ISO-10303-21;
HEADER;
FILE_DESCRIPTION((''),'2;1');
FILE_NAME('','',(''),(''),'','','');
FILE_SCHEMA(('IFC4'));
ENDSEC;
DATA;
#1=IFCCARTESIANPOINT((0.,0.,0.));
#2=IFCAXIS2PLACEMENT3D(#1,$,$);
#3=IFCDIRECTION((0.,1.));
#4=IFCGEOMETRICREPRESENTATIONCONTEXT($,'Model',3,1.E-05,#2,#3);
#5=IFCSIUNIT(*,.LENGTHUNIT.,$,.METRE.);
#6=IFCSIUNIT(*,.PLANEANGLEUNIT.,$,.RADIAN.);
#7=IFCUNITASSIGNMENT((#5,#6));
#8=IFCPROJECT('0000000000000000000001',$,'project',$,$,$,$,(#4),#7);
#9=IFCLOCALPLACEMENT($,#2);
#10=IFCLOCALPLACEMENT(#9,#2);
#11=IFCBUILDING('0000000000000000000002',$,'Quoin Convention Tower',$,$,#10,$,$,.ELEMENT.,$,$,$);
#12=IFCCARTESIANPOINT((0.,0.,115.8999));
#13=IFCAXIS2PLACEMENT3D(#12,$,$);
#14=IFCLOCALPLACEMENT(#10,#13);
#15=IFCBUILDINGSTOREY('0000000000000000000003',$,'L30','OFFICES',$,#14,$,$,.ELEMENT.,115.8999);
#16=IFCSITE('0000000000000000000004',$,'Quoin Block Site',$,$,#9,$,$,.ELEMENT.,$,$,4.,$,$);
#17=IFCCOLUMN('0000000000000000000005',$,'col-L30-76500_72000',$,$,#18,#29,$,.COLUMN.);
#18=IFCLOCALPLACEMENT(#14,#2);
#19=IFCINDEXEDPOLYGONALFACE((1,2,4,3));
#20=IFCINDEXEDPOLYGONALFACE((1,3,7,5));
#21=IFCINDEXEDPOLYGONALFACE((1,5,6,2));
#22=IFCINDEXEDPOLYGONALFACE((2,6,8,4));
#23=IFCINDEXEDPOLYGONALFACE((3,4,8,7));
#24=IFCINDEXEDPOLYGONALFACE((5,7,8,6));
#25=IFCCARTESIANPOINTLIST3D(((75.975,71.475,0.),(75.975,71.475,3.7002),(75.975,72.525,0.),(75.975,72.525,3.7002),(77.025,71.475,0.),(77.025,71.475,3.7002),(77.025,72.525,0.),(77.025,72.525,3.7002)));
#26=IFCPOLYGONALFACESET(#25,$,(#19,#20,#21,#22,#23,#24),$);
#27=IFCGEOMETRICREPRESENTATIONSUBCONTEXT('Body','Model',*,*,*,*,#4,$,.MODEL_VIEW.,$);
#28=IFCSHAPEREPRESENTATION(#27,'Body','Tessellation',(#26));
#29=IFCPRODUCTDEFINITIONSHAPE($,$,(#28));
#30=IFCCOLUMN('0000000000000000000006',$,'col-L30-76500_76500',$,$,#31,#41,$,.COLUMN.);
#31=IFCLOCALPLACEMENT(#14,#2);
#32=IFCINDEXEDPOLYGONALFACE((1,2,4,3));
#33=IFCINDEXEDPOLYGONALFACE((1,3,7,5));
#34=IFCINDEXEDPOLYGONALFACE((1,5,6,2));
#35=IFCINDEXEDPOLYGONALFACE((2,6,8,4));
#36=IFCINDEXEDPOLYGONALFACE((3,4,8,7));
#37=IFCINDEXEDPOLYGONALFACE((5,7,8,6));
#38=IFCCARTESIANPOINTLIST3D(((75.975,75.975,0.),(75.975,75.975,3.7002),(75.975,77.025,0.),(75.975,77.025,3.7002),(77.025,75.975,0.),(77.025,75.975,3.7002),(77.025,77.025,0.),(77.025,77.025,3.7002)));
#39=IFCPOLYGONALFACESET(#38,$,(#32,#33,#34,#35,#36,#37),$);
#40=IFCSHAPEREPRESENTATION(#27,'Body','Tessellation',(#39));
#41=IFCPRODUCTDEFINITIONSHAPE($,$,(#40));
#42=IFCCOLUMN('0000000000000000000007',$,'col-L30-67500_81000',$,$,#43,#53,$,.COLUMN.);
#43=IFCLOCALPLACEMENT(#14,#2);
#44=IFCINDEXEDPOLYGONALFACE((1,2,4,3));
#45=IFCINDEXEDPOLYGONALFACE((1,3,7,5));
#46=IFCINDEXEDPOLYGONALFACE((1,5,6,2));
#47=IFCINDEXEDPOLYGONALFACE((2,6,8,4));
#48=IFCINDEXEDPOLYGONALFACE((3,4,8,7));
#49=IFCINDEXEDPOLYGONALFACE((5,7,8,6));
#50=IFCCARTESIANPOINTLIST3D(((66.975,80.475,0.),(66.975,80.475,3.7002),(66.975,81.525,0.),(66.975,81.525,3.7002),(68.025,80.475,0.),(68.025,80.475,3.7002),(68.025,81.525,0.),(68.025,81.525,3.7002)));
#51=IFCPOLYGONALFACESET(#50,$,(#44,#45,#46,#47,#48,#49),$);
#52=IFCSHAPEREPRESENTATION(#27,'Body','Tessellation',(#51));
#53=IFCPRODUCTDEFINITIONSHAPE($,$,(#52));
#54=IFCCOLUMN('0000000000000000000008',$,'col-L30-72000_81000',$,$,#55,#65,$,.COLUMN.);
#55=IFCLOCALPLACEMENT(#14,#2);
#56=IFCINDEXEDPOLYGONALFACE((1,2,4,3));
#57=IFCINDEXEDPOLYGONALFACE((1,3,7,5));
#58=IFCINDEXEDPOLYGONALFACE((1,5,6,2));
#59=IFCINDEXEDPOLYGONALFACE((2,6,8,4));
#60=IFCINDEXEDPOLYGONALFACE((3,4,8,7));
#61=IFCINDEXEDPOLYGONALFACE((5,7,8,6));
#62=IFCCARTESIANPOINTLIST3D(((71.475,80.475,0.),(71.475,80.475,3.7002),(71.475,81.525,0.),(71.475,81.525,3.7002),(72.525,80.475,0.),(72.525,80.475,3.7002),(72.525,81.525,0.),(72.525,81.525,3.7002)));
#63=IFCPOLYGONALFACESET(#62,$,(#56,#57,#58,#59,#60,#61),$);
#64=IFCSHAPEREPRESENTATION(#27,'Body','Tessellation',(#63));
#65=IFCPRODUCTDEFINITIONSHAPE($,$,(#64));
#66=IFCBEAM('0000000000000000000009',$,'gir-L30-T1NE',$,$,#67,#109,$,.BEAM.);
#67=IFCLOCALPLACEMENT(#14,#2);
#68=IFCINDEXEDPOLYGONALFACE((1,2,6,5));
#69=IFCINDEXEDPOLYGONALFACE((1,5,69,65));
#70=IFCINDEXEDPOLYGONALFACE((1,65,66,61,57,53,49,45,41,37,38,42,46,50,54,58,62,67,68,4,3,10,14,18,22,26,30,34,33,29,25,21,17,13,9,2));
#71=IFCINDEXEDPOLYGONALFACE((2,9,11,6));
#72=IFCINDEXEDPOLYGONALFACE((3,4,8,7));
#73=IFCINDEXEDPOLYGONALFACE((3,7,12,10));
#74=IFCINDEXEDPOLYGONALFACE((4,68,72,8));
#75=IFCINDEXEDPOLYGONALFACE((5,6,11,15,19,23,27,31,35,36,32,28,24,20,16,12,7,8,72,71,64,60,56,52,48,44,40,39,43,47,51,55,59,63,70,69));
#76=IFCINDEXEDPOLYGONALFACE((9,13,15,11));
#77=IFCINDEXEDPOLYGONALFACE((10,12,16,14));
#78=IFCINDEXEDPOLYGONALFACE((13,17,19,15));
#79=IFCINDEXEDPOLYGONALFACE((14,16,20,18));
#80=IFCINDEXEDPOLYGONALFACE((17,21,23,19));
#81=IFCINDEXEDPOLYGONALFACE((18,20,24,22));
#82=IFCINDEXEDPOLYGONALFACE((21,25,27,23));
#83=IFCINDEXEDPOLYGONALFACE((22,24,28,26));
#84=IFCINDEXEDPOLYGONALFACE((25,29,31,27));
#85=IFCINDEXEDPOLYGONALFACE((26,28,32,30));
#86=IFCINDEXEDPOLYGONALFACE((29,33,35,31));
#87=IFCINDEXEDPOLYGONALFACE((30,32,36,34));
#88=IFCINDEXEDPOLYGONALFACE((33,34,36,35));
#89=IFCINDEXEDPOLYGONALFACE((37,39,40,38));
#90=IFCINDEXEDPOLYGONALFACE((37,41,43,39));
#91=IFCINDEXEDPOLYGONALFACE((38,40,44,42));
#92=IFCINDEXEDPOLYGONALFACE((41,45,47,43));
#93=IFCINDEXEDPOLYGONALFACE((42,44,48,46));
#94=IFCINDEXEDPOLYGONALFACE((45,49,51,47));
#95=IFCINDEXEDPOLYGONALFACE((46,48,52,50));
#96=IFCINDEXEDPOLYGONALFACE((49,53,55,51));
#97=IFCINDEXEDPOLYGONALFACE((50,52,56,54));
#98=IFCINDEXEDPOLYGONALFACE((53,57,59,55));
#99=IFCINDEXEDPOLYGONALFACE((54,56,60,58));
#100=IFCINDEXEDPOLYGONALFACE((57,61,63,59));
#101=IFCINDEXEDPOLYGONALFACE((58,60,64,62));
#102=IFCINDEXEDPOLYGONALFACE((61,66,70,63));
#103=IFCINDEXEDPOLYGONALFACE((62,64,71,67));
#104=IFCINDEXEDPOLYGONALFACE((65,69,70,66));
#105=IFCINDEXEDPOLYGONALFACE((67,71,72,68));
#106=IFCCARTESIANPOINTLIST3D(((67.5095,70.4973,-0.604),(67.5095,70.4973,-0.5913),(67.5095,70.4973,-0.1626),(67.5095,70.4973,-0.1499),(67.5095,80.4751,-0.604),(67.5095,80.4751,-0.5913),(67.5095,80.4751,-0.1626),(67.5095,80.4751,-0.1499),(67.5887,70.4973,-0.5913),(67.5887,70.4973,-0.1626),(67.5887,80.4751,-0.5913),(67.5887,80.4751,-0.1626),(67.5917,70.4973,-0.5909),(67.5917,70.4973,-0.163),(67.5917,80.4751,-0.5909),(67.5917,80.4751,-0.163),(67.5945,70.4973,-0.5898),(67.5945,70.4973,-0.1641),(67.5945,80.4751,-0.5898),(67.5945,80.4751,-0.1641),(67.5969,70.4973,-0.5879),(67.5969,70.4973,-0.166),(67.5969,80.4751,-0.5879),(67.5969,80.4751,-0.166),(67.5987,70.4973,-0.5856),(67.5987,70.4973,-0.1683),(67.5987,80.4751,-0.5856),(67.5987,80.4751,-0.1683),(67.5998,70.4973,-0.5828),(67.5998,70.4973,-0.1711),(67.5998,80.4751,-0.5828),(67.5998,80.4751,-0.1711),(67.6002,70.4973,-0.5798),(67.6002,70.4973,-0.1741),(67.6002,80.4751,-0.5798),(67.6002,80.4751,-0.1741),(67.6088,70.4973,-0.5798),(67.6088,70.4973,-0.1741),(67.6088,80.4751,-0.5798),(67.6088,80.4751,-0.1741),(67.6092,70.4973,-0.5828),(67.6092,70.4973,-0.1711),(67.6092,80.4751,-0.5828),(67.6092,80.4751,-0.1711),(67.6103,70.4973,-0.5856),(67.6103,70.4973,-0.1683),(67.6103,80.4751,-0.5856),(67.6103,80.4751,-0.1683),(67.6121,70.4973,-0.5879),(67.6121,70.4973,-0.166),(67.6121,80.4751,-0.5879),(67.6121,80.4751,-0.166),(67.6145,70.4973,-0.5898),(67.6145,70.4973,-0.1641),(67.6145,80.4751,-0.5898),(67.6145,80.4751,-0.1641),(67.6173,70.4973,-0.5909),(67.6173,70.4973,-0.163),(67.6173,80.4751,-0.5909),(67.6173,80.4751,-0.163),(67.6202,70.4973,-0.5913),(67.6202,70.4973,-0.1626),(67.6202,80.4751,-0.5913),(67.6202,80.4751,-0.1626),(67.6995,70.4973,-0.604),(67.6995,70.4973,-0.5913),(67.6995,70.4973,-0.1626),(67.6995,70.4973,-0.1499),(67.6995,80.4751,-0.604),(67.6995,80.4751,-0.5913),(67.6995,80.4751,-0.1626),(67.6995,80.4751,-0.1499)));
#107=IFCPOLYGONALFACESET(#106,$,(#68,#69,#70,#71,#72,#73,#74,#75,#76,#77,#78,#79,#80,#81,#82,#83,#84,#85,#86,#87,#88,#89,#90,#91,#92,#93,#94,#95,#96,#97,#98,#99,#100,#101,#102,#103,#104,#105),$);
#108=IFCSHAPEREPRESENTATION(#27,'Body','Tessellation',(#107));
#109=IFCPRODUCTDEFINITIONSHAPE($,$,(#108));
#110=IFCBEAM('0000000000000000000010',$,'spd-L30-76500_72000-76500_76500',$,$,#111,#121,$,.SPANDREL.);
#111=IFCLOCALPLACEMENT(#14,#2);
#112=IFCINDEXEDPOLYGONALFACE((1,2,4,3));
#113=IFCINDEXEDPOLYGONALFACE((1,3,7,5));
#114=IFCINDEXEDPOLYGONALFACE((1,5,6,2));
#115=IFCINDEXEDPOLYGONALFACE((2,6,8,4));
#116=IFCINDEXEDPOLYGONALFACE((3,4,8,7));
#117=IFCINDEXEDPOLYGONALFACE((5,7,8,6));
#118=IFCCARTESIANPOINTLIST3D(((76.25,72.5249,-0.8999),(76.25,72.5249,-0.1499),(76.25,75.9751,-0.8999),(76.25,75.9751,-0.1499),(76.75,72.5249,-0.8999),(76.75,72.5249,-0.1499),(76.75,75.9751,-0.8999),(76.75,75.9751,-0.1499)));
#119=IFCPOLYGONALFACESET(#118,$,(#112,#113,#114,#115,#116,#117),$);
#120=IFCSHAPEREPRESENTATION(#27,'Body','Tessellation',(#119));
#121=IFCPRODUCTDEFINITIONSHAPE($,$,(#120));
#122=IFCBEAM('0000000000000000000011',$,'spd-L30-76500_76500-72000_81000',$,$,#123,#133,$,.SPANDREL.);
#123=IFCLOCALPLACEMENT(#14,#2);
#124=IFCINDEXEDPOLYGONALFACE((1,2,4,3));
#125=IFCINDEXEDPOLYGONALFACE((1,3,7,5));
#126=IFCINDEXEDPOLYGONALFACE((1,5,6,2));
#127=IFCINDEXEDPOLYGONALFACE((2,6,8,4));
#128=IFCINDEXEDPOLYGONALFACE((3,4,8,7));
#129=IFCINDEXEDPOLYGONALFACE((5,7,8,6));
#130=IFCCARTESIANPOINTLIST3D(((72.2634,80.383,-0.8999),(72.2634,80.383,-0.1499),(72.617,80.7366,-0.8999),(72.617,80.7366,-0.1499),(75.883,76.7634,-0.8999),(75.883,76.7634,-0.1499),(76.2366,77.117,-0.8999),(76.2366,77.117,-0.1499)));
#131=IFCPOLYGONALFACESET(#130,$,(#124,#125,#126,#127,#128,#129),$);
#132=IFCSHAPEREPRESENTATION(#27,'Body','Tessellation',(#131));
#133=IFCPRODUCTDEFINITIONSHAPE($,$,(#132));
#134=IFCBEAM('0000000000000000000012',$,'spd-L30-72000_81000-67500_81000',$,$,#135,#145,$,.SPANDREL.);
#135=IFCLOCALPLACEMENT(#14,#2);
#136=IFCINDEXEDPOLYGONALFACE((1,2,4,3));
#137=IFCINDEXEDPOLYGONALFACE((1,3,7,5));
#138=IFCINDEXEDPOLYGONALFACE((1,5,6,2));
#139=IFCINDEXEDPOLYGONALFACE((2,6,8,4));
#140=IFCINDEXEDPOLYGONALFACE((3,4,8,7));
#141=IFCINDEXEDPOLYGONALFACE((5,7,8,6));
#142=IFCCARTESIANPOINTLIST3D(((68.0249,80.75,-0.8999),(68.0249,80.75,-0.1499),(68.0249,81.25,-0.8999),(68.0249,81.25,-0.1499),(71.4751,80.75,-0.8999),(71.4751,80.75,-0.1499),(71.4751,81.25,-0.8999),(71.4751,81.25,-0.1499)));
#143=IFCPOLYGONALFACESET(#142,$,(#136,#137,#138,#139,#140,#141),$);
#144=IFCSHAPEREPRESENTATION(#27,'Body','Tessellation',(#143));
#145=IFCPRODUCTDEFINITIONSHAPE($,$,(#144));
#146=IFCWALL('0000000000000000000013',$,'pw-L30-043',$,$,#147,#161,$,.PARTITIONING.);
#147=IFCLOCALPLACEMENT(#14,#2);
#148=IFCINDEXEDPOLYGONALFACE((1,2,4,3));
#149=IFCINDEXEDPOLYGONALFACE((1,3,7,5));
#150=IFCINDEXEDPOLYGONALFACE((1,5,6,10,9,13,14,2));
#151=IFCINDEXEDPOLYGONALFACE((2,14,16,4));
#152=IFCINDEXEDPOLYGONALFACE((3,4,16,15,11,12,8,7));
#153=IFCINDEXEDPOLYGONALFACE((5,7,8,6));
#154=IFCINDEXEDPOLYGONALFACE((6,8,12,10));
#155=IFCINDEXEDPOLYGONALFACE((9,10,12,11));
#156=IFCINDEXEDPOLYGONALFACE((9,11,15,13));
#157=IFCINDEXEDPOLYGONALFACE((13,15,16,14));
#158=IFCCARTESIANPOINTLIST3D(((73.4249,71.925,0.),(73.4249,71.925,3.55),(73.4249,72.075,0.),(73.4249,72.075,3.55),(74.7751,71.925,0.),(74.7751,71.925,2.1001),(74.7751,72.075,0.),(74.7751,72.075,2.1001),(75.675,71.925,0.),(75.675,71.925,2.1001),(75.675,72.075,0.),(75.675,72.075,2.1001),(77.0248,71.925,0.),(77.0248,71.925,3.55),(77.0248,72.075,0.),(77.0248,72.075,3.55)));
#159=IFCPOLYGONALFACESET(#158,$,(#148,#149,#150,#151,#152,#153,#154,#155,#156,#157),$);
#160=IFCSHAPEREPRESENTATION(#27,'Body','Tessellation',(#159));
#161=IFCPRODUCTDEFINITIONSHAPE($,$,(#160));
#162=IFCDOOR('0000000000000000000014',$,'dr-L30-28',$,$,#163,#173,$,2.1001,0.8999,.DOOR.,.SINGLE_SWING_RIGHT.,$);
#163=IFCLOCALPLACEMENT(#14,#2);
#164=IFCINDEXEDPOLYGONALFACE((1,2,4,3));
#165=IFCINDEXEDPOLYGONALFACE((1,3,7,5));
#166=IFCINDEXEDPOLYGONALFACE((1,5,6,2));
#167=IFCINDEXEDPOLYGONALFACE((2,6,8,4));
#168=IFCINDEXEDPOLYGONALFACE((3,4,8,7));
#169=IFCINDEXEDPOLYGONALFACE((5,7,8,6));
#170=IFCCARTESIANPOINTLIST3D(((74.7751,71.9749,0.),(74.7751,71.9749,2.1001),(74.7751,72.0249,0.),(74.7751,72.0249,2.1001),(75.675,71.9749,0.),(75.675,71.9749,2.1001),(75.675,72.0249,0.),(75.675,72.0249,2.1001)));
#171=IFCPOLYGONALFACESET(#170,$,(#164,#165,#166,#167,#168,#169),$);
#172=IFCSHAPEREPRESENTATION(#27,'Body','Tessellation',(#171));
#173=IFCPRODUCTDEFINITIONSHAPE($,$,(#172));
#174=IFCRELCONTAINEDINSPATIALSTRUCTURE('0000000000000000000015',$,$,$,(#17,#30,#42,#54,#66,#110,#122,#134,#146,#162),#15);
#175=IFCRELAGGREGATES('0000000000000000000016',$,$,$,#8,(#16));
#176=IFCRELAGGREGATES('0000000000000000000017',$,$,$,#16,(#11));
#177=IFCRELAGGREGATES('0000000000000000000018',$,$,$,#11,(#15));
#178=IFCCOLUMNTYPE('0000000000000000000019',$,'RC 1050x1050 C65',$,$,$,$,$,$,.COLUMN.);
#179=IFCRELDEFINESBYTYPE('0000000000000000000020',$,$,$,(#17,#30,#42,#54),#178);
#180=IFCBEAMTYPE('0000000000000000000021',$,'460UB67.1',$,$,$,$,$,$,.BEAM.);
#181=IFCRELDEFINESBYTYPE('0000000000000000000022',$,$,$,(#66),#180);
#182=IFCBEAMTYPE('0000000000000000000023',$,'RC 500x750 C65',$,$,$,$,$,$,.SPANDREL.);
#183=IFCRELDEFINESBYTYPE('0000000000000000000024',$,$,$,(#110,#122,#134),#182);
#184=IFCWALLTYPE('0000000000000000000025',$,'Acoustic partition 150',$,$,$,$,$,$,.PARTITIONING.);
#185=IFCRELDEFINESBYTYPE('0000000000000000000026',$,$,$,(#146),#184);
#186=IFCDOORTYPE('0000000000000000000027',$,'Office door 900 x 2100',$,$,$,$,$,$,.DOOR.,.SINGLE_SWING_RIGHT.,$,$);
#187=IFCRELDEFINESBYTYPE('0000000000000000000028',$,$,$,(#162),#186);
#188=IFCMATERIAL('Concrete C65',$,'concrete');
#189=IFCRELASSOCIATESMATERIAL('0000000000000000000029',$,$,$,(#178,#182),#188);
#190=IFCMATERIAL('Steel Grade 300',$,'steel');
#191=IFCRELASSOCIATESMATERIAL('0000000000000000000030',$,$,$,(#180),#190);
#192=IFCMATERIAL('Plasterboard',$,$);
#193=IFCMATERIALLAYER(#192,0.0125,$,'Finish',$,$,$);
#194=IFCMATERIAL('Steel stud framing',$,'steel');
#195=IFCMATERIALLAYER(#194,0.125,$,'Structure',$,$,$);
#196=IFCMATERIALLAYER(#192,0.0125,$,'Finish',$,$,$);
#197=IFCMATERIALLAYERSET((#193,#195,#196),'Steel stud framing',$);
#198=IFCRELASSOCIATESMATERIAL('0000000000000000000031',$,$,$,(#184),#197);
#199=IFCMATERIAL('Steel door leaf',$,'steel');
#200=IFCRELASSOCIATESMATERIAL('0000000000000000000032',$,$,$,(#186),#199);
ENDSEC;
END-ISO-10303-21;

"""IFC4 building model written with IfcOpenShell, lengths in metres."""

from ifc_helpers import new_model, si_unit, direction, frame, frame_2d, origin, origin_2d, place, context, subcontext, project, spatial, rectangle, i_section, extrude, material, layer, layer_set, material_profile, profile_set, type_object, element, fill, save


model = new_model("IFC4")

# Units and contexts
model_context = context("Model", 3, precision=1e-05, world=origin(), true_north=direction((0.0, 1.0)))
body_context = subcontext(model_context, "Body", "Model", "MODEL_VIEW")
ifc_project = project(units=[si_unit("LENGTHUNIT", "METRE"), si_unit("PLANEANGLEUNIT", "RADIAN")], contexts=[model_context])

# Site, building, storey
site_placement = place(None, origin())
site = spatial("IfcSite", under=ifc_project, at=site_placement, Name="Quoin Block Site", CompositionType="ELEMENT", RefElevation=4.0)
building_placement = place(site_placement, origin())
building = spatial("IfcBuilding", under=site, at=building_placement, Name="Quoin Convention Tower", CompositionType="ELEMENT")
storey_placement = place(building_placement, frame((0.0, 0.0, 115.8999)))
storey = spatial("IfcBuildingStorey", under=building, at=storey_placement, Name="L30", Description="OFFICES", CompositionType="ELEMENT", Elevation=115.8999)

# Columns
ifc_material_1 = material(Name="Concrete C65", Category="concrete")
ifc_material_profile_1 = material_profile(ifc_material_1, rectangle(XDim=1.05, YDim=1.05, at=origin_2d()), Name="RC 1050x1050")
ifc_profile_set_1 = profile_set([ifc_material_profile_1], Name="Concrete C65")
column_type = type_object("IfcColumnType", Name="RC 1050x1050 C65", PredefinedType="COLUMN", material=ifc_profile_set_1)
for number, where, z_axis, x_axis, name in (
    (1, (76.5, 72.0, 0.0), (0.0, 0.0, 1.0), (1.0, 0.0, 0.0), "col-L30-76500_72000"),
    (2, (76.5, 76.5, 0.0), (0.0, 0.0, 1.0), (1.0, 0.0, 0.0), "col-L30-76500_76500"),
    (3, (67.5, 81.0, 0.0), (0.0, 0.0, 1.0), (1.0, 0.0, 0.0), "col-L30-67500_81000"),
    (4, (72.0, 81.0, 0.0), (0.0, 0.0, 1.0), (1.0, 0.0, 0.0), "col-L30-72000_81000"),
):
    element("IfcColumn", number, at=place(storey_placement, frame(where, z_axis=z_axis, x_axis=x_axis)), inside=storey, type_object=column_type, Name=name, PredefinedType="COLUMN", context=body_context, shape_type="SweptSolid", body=[
        extrude(rectangle(XDim=1.05, YDim=1.05, at=origin_2d()), origin(), (0.0, 0.0, 1.0), 3.7002),
    ])

# Beams
ifc_material_2 = material(Name="Steel Grade 300", Category="steel")
ifc_material_profile_2 = material_profile(ifc_material_2, i_section(OverallWidth=0.1899, OverallDepth=0.4541, WebThickness=0.0085, FlangeThickness=0.0127, FilletRadius=0.0115, at=origin_2d()), Name="460UB67.1")
ifc_profile_set_2 = profile_set([ifc_material_profile_2], Name="Steel Grade 300")
beam_type_1 = type_object("IfcBeamType", Name="460UB67.1", PredefinedType="BEAM", material=ifc_profile_set_2)
beam_1_placement = place(storey_placement, frame((67.6045, 80.4751, -0.377), z_axis=(0.0, -1.0, 0.0), x_axis=(1.0, 0.0, 0.0)))
element("IfcBeam", 5, at=beam_1_placement, inside=storey, type_object=beam_type_1, Name="gir-L30-T1NE", PredefinedType="BEAM", context=body_context, shape_type="SweptSolid", body=[
    extrude(i_section(OverallWidth=0.1899, OverallDepth=0.4541, WebThickness=0.0085, FlangeThickness=0.0127, FilletRadius=0.0115, at=origin_2d()), origin(), (0.0, 0.0, 1.0), 9.9778),
])
ifc_material_profile_3 = material_profile(ifc_material_1, rectangle(XDim=0.5, YDim=0.75, at=origin_2d()), Name="RC 500x750")
ifc_profile_set_3 = profile_set([ifc_material_profile_3], Name="Concrete C65")
beam_type_2 = type_object("IfcBeamType", Name="RC 500x750 C65", PredefinedType="SPANDREL", material=ifc_profile_set_3)
beam_2_placement = place(storey_placement, frame((76.5, 72.5249, -0.5249), z_axis=(0.0, 1.0, 0.0), x_axis=(-1.0, 0.0, 0.0)))
element("IfcBeam", 6, at=beam_2_placement, inside=storey, type_object=beam_type_2, Name="spd-L30-76500_72000-76500_76500", PredefinedType="SPANDREL", context=body_context, shape_type="SweptSolid", body=[
    extrude(rectangle(XDim=0.5, YDim=0.75, at=origin_2d()), origin(), (0.0, 0.0, 1.0), 3.4502),
])
beam_3_placement = place(storey_placement, frame((76.0598, 76.9402, -0.5249), z_axis=(-0.707107, 0.707107, 0.0), x_axis=(-0.707107, -0.707107, 0.0)))
element("IfcBeam", 7, at=beam_3_placement, inside=storey, type_object=beam_type_2, Name="spd-L30-76500_76500-72000_81000", PredefinedType="SPANDREL", context=body_context, shape_type="SweptSolid", body=[
    extrude(rectangle(XDim=0.5, YDim=0.75, at=origin_2d()), origin(), (0.0, 0.0, 1.0), 5.1189),
])
beam_4_placement = place(storey_placement, frame((71.4751, 81.0, -0.5249), z_axis=(-1.0, 0.0, 0.0), x_axis=(0.0, -1.0, 0.0)))
element("IfcBeam", 8, at=beam_4_placement, inside=storey, type_object=beam_type_2, Name="spd-L30-72000_81000-67500_81000", PredefinedType="SPANDREL", context=body_context, shape_type="SweptSolid", body=[
    extrude(rectangle(XDim=0.5, YDim=0.75, at=origin_2d()), origin(), (0.0, 0.0, 1.0), 3.4502),
])

# Wall, opening, door
ifc_material_3 = material(Name="Plasterboard")
ifc_layer_1 = layer(ifc_material_3, 0.0125, Name="Finish")
ifc_material_4 = material(Name="Steel stud framing", Category="steel")
ifc_layer_2 = layer(ifc_material_4, 0.125, Name="Structure")
ifc_layer_3 = layer(ifc_material_3, 0.0125, Name="Finish")
ifc_layer_set_1 = layer_set([ifc_layer_1, ifc_layer_2, ifc_layer_3], Name="Steel stud framing")
wall_type_1 = type_object("IfcWallType", Name="Acoustic partition 150", PredefinedType="PARTITIONING", material=ifc_layer_set_1)
wall_1_placement = place(storey_placement, frame((73.425, 72.0, 0.0), z_axis=(0.0, 0.0, 1.0), x_axis=(1.0, 0.0, 0.0)))
wall_1 = element("IfcWall", 9, at=wall_1_placement, inside=storey, type_object=wall_type_1, Name="pw-L30-043", PredefinedType="PARTITIONING", context=body_context, shape_type="SweptSolid", body=[
    extrude(rectangle(XDim=3.5999, YDim=0.1499, at=frame_2d((1.7998, 0.0))), origin(), (0.0, 0.0, 1.0), 3.55),
])
opening_1_placement = place(wall_1_placement, frame((1.3501, 0.0, 0.0)))
opening_1 = element("IfcOpeningElement", 10, at=opening_1_placement, cuts=wall_1, PredefinedType="OPENING", context=body_context, shape_type="SweptSolid", body=[
    extrude(rectangle(XDim=0.8999, YDim=2.1001, at=frame_2d((0.45, 1.05))), frame((0.0, 0.085, 0.0), z_axis=(0.0, -1.0, 0.0), x_axis=(1.0, 0.0, 0.0)), (0.0, 0.0, 1.0), 0.1699),
])
ifc_material_5 = material(Name="Steel door leaf", Category="steel")
door_type = type_object("IfcDoorType", Name="Office door 900 x 2100", OperationType="SINGLE_SWING_RIGHT", PredefinedType="DOOR", material=ifc_material_5)
door_1_placement = place(opening_1_placement, origin())
door_1 = element("IfcDoor", 11, at=door_1_placement, inside=storey, type_object=door_type, Name="dr-L30-28", OperationType="SINGLE_SWING_RIGHT", OverallHeight=2.1001, OverallWidth=0.8999, PredefinedType="DOOR", context=body_context, shape_type="SweptSolid", body=[
    extrude(rectangle(XDim=0.8999, YDim=2.1001, at=frame_2d((0.45, 1.05))), frame((0.0, 0.0249, 0.0), z_axis=(0.0, -1.0, 0.0), x_axis=(1.0, 0.0, 0.0)), (0.0, 0.0, 1.0), 0.05),
])
fill(opening_1, door_1)

save(model, "model.ifc")
